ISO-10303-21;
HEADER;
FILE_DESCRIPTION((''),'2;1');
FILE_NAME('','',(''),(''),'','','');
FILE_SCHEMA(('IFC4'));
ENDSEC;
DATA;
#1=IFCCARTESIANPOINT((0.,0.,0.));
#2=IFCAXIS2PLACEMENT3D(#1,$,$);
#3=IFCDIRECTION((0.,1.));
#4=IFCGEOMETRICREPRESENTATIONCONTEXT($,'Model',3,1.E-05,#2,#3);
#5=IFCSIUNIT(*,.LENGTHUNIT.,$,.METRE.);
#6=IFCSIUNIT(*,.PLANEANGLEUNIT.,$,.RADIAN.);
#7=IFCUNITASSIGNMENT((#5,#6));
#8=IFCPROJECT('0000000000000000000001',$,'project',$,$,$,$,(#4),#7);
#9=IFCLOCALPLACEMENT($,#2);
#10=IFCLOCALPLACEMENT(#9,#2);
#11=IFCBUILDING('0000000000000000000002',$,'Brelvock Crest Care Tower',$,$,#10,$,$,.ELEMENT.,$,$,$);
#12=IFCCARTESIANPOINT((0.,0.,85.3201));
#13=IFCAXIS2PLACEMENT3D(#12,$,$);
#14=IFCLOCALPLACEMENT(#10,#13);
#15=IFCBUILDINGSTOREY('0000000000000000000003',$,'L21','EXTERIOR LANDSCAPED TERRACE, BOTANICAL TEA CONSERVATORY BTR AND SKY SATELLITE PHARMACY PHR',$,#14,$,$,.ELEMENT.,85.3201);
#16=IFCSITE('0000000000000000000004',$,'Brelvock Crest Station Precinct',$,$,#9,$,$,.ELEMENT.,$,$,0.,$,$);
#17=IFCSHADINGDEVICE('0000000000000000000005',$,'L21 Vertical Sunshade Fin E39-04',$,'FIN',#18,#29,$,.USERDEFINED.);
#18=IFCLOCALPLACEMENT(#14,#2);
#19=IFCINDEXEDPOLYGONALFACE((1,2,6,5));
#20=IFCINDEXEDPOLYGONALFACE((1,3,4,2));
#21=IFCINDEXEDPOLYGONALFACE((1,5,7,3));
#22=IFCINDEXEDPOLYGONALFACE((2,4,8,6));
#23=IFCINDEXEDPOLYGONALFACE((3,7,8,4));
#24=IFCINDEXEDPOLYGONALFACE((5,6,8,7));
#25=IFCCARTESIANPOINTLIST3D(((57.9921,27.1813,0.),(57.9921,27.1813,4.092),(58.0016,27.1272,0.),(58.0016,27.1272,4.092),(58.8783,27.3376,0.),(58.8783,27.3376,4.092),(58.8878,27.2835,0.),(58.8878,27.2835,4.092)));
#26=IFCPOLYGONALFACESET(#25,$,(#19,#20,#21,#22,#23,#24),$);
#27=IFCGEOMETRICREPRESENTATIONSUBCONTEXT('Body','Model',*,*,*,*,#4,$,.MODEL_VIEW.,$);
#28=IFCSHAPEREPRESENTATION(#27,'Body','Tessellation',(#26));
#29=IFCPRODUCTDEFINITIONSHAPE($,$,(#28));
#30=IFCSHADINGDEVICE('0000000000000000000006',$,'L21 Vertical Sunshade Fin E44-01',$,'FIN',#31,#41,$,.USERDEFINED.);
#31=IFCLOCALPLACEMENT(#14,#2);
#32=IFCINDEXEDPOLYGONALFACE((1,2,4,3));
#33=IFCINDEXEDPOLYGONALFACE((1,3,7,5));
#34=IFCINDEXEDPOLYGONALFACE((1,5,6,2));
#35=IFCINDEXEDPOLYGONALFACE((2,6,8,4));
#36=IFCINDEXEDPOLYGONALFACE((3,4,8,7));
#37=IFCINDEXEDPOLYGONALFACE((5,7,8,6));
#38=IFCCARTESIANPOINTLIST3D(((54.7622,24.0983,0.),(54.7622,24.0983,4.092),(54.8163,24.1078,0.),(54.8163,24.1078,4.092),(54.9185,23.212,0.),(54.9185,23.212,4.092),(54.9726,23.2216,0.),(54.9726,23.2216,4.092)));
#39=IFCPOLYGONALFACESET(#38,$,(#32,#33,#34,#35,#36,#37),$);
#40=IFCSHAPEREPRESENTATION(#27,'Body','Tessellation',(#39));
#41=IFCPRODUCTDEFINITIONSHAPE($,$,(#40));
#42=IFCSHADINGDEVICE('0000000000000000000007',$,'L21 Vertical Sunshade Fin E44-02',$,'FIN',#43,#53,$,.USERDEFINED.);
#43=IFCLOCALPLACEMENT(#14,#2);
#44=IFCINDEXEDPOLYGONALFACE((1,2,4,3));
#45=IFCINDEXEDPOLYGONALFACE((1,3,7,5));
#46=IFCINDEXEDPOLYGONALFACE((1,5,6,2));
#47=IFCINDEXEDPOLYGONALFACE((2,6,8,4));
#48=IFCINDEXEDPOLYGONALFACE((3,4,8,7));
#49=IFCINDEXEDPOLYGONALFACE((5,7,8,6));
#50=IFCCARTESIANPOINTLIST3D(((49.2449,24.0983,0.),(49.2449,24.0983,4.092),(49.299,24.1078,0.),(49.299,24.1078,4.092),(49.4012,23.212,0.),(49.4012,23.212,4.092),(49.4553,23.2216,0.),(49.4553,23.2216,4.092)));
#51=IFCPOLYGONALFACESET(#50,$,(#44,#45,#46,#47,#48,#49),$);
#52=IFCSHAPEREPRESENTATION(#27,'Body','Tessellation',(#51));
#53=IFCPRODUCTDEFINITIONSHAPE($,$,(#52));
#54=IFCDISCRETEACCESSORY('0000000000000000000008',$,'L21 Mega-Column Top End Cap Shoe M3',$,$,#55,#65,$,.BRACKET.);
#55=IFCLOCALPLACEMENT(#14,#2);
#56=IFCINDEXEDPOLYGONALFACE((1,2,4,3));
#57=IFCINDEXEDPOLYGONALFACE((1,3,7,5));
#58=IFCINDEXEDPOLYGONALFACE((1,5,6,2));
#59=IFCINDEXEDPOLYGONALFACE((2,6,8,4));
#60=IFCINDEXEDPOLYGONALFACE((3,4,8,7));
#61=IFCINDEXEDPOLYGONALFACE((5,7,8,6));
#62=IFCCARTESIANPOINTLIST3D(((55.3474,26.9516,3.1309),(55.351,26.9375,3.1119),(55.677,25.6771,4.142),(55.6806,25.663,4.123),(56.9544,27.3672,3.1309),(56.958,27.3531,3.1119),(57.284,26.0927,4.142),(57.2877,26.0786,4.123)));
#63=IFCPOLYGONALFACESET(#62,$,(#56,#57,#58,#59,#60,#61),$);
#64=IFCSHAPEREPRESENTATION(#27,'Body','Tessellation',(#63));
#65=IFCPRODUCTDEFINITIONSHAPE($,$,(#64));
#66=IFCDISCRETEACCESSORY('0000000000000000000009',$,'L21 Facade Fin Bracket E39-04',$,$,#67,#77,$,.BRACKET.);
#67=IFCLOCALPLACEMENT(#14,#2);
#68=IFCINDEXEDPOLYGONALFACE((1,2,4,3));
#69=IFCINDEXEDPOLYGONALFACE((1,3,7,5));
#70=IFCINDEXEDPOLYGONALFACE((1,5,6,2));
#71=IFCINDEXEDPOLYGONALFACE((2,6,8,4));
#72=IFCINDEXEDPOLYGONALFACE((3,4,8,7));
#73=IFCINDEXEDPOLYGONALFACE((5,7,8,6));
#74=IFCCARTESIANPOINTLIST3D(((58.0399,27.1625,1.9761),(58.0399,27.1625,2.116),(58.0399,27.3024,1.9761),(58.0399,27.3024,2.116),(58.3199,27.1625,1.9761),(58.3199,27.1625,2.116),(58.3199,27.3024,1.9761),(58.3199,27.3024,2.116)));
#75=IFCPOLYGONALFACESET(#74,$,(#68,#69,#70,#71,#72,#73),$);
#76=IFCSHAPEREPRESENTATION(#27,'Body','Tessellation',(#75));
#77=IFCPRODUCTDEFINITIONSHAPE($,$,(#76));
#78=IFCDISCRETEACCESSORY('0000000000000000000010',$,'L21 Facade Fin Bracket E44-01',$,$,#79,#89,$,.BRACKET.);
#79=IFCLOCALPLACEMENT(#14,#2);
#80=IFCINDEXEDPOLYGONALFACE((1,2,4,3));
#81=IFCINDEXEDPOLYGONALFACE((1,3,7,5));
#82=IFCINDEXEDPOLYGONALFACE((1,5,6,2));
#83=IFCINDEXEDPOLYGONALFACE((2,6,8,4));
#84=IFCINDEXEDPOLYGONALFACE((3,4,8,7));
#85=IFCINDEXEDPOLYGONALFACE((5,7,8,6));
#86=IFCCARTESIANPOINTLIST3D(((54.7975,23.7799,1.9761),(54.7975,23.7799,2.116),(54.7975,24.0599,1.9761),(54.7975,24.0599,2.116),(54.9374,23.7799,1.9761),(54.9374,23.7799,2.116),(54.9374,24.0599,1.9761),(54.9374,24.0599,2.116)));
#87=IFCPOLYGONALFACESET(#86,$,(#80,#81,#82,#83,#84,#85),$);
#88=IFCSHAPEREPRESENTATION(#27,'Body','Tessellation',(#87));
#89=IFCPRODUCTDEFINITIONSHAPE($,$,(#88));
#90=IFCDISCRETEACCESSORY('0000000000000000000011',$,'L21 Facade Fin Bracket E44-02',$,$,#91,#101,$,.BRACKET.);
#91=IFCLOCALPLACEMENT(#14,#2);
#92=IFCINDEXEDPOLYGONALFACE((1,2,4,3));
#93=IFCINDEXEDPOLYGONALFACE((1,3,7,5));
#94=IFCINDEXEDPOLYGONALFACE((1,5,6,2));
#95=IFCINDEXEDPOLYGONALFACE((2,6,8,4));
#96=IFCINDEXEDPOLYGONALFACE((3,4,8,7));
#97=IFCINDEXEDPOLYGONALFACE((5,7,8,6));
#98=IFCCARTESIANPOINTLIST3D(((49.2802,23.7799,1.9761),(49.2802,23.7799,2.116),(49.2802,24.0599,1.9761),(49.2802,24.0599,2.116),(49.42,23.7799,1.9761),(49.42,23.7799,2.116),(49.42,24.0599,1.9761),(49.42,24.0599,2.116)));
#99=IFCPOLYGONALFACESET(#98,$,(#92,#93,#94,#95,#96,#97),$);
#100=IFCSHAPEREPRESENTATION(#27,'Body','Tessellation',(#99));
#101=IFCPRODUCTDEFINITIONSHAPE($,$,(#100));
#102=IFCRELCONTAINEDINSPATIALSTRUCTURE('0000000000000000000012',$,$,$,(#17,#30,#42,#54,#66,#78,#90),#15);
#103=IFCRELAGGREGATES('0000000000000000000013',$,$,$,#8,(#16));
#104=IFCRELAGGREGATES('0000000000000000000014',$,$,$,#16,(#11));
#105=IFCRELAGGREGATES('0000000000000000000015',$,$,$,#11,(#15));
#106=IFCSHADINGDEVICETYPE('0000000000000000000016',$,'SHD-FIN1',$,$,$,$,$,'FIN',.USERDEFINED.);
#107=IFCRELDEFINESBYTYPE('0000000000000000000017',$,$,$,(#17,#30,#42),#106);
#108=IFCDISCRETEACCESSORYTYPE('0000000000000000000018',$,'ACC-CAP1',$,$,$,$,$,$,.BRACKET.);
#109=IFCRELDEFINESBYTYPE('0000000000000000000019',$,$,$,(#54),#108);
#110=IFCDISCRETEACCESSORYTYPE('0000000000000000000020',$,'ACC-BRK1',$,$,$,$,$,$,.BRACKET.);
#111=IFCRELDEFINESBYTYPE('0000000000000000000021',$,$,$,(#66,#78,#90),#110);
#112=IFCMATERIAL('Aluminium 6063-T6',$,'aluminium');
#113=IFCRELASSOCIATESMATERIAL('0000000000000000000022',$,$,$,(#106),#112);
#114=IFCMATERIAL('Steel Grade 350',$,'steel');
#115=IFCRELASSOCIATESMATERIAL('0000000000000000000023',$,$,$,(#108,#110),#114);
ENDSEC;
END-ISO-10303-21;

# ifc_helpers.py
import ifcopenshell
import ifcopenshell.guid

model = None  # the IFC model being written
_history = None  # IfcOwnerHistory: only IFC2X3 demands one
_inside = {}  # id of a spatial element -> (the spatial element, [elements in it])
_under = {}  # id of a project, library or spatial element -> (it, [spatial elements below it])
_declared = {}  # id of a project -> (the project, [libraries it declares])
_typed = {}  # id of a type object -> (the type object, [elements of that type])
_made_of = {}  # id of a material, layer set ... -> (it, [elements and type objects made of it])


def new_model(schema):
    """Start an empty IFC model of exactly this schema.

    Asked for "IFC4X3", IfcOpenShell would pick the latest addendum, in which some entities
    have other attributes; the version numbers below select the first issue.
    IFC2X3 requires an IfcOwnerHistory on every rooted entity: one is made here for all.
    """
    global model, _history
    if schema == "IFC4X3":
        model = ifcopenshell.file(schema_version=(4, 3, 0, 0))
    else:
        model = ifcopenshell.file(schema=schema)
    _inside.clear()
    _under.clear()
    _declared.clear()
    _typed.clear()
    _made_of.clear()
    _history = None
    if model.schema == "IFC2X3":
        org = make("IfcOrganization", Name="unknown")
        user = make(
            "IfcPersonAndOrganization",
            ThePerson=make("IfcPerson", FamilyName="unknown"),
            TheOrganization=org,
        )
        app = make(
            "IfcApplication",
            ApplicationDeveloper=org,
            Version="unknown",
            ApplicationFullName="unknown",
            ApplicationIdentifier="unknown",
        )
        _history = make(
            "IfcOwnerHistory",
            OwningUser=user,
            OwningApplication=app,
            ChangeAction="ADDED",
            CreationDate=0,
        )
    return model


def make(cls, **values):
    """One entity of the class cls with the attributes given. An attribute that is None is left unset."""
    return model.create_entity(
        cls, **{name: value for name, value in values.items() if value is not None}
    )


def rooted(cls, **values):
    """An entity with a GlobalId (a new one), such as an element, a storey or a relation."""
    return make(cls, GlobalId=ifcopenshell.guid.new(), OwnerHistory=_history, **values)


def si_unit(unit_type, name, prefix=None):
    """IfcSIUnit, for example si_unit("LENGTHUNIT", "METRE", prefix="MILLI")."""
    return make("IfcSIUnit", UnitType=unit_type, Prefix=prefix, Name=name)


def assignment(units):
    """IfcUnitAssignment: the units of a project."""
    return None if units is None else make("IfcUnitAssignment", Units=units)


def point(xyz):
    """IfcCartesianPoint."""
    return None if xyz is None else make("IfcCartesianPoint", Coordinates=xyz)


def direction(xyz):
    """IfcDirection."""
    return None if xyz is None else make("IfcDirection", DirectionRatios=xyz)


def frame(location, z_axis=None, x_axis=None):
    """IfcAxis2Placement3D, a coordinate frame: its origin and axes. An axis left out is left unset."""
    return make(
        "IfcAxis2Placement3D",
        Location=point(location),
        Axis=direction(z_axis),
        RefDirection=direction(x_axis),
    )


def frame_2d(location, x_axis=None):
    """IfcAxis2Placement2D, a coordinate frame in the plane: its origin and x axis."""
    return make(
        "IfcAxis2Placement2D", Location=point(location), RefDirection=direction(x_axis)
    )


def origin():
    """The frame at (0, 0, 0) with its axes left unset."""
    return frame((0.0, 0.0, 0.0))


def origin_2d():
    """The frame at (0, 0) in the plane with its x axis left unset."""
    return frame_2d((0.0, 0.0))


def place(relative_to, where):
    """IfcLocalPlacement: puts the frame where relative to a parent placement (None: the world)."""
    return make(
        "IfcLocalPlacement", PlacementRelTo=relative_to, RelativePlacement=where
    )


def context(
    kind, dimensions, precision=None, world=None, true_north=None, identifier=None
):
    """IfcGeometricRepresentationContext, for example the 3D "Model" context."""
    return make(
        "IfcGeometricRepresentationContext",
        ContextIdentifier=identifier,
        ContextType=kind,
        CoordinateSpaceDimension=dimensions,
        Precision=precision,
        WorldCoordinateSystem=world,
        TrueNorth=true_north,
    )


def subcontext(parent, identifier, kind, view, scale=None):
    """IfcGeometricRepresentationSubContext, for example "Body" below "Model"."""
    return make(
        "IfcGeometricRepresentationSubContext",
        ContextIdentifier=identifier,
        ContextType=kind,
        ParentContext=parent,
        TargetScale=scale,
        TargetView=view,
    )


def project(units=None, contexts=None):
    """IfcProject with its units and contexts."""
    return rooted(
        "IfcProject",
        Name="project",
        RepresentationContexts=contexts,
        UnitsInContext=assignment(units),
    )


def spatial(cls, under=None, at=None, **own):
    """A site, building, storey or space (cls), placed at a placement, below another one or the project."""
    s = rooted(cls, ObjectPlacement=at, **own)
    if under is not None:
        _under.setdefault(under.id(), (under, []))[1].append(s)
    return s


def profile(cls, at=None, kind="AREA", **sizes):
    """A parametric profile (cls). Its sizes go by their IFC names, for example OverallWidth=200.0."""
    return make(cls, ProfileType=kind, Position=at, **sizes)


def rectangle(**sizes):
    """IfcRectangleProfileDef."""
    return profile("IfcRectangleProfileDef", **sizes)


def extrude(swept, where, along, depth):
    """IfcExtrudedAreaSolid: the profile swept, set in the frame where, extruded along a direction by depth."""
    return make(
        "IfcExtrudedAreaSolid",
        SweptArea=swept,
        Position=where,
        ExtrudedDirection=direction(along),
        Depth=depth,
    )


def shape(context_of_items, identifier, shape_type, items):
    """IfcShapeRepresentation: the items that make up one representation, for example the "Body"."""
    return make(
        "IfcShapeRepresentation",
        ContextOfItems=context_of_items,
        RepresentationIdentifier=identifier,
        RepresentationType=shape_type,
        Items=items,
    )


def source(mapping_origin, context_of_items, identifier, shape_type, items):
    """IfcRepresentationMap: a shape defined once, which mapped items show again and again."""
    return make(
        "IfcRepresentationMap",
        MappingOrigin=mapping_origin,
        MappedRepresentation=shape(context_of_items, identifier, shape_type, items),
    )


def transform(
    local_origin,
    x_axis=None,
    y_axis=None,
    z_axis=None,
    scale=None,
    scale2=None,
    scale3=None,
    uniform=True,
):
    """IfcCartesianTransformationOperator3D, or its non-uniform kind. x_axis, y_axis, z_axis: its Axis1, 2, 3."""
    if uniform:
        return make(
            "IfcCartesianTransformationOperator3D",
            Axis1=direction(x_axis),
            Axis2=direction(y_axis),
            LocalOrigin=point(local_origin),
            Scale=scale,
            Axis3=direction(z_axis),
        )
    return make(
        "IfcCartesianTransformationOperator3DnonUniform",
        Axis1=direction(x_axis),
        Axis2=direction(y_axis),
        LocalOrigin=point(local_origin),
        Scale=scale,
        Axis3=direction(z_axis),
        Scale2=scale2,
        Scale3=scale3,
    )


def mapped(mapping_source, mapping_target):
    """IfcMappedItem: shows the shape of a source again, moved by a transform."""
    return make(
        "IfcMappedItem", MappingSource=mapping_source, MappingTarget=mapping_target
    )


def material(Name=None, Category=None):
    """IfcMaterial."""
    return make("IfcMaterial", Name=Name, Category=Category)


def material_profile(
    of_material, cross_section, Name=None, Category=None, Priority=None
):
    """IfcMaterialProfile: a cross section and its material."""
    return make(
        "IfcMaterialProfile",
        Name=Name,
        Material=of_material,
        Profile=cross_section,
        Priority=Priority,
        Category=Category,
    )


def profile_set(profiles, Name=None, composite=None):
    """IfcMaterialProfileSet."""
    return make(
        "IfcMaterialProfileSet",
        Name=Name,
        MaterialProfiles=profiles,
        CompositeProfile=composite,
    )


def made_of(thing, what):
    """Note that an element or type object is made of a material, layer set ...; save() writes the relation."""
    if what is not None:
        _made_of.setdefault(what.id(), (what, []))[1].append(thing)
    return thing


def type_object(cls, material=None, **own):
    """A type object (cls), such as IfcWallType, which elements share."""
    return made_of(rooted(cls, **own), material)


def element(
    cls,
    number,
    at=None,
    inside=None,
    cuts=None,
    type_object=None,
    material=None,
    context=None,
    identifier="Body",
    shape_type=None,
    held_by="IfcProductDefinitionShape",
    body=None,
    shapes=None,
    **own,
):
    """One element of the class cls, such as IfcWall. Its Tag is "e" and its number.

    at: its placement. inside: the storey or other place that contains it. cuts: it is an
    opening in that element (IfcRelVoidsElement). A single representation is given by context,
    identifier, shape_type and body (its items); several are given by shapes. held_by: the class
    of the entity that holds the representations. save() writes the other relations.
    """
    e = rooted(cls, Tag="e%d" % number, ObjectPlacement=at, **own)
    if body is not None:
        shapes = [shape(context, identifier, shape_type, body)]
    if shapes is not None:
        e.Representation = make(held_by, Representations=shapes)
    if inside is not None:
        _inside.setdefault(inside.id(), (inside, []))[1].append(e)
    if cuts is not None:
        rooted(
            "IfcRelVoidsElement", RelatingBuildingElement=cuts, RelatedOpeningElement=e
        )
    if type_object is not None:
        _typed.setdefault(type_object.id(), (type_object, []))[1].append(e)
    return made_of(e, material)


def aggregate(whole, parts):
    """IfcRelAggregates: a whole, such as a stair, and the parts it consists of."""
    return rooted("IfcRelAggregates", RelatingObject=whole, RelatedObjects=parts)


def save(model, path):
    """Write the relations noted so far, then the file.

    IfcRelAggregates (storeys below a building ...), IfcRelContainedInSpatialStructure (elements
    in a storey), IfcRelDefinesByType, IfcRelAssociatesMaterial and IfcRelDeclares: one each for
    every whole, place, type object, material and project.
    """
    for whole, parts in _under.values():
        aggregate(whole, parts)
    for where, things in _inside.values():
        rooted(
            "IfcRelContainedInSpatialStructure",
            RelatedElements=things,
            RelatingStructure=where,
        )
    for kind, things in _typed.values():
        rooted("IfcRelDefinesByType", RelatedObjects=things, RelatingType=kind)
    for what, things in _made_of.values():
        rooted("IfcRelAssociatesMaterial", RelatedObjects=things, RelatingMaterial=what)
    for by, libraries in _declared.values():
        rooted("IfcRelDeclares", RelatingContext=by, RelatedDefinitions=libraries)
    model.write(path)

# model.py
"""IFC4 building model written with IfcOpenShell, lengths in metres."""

from ifc_helpers import new_model, si_unit, direction, frame, origin, origin_2d, place, context, subcontext, project, spatial, rectangle, extrude, source, transform, mapped, material, material_profile, profile_set, type_object, element, save


model = new_model("IFC4")

# Units and contexts
model_context = context("Model", 3, precision=1e-05, world=origin(), true_north=direction((0.0, 1.0)))
body_context = subcontext(model_context, "Body", "Model", "MODEL_VIEW")
ifc_project = project(units=[si_unit("LENGTHUNIT", "METRE"), si_unit("PLANEANGLEUNIT", "RADIAN")], contexts=[model_context])

# Site, building, storey
site_placement = place(None, origin())
site = spatial("IfcSite", under=ifc_project, at=site_placement, Name="Brelvock Crest Station Precinct", CompositionType="ELEMENT", RefElevation=0.0)
building_placement = place(site_placement, origin())
building = spatial("IfcBuilding", under=site, at=building_placement, Name="Brelvock Crest Care Tower", CompositionType="ELEMENT")
storey_placement = place(building_placement, frame((0.0, 0.0, 85.3201)))
storey = spatial("IfcBuildingStorey", under=building, at=storey_placement, Name="L21", Description="EXTERIOR LANDSCAPED TERRACE, BOTANICAL TEA CONSERVATORY BTR AND SKY SATELLITE PHARMACY PHR", CompositionType="ELEMENT", Elevation=85.3201)

# Shared definitions
ifc_material_1 = material(Name="Steel Grade 350", Category="steel")

# Shared definitions
ifc_material_2 = material(Name="Aluminium 6063-T6", Category="aluminium")

# Shading devices
ifc_material_profile_1 = material_profile(ifc_material_2, rectangle(XDim=0.0549, YDim=0.8999, at=origin_2d()), Name="FIN55x900")
ifc_profile_set_1 = profile_set([ifc_material_profile_1], Name="Aluminium 6063-T6")
shading_device_type = type_object("IfcShadingDeviceType", Name="SHD-FIN1", ElementType="FIN", PredefinedType="USERDEFINED", material=ifc_profile_set_1)
shared_shape_1 = source(origin(), body_context, "Body", "SweptSolid", [
    extrude(rectangle(XDim=0.0549, YDim=0.8999, at=origin_2d()), origin(), (0.0, 0.0, 1.0), 4.092),
])
for number, where, z_axis, x_axis, name in (
    (1, (58.4399, 27.2324, 0.0), (0.0, 0.0, 1.0), (0.173648, -0.984808, 0.0), "L21 Vertical Sunshade Fin E39-04"),
    (2, (54.8674, 23.6599, 0.0), (0.0, 0.0, 1.0), (-0.984808, -0.173648, 0.0), "L21 Vertical Sunshade Fin E44-01"),
    (3, (49.3501, 23.6599, 0.0), (0.0, 0.0, 1.0), (-0.984808, -0.173648, 0.0), "L21 Vertical Sunshade Fin E44-02"),
):
    element("IfcShadingDevice", number, at=place(storey_placement, frame(where, z_axis=z_axis, x_axis=x_axis)), inside=storey, type_object=shading_device_type, Name=name, ObjectType="FIN", PredefinedType="USERDEFINED", context=body_context, shape_type="MappedRepresentation", body=[
        mapped(shared_shape_1, transform((0.0, 0.0, 0.0), x_axis=(1.0, 0.0, 0.0), y_axis=(0.0, 1.0, 0.0), z_axis=(0.0, 0.0, 1.0), scale=1.0)),
    ])

# Discrete accessories
ifc_material_profile_2 = material_profile(ifc_material_1, rectangle(XDim=1.6599, YDim=1.6599, at=origin_2d()), Name="ACC-CAP1")
ifc_profile_set_2 = profile_set([ifc_material_profile_2], Name="Steel Grade 350")
discrete_accessory_type_1 = type_object("IfcDiscreteAccessoryType", Name="ACC-CAP1", PredefinedType="BRACKET", material=ifc_profile_set_2)
shared_shape_2 = source(origin(), body_context, "Body", "SweptSolid", [
    extrude(rectangle(XDim=1.6599, YDim=1.6599, at=origin_2d()), origin(), (0.0, 0.0, 1.0), 0.0239),
])
discrete_accessory_placement = place(storey_placement, frame((56.3193, 26.5081, 3.6174), z_axis=(-0.152514, 0.589722, 0.793075), x_axis=(-0.968147, -0.250383, 0.0)))
element("IfcDiscreteAccessory", 4, at=discrete_accessory_placement, inside=storey, type_object=discrete_accessory_type_1, Name="L21 Mega-Column Top End Cap Shoe M3", PredefinedType="BRACKET", context=body_context, shape_type="MappedRepresentation", body=[
    mapped(shared_shape_2, transform((0.0, 0.0, 0.0), x_axis=(1.0, 0.0, 0.0), y_axis=(0.0, 1.0, 0.0), z_axis=(0.0, 0.0, 1.0), scale=1.0)),
])
discrete_accessory_type_2 = type_object("IfcDiscreteAccessoryType", Name="ACC-BRK1", PredefinedType="BRACKET", material=ifc_material_1)
shared_shape_3 = source(origin(), body_context, "Body", "SweptSolid", [
    extrude(rectangle(XDim=0.28, YDim=0.1399, at=origin_2d()), origin(), (0.0, 0.0, 1.0), 0.1399),
])
for number, where, z_axis, x_axis, name in (
    (5, (58.1799, 27.2324, 1.9761), (0.0, 0.0, 1.0), (1.0, 0.0, 0.0), "L21 Facade Fin Bracket E39-04"),
    (6, (54.8674, 23.9199, 1.9761), (0.0, 0.0, 1.0), (0.0, -1.0, 0.0), "L21 Facade Fin Bracket E44-01"),
    (7, (49.3501, 23.9199, 1.9761), (0.0, 0.0, 1.0), (0.0, -1.0, 0.0), "L21 Facade Fin Bracket E44-02"),
):
    element("IfcDiscreteAccessory", number, at=place(storey_placement, frame(where, z_axis=z_axis, x_axis=x_axis)), inside=storey, type_object=discrete_accessory_type_2, Name=name, PredefinedType="BRACKET", context=body_context, shape_type="MappedRepresentation", body=[
        mapped(shared_shape_3, transform((0.0, 0.0, 0.0), x_axis=(1.0, 0.0, 0.0), y_axis=(0.0, 1.0, 0.0), z_axis=(0.0, 0.0, 1.0), scale=1.0)),
    ])

save(model, "model.ifc")
